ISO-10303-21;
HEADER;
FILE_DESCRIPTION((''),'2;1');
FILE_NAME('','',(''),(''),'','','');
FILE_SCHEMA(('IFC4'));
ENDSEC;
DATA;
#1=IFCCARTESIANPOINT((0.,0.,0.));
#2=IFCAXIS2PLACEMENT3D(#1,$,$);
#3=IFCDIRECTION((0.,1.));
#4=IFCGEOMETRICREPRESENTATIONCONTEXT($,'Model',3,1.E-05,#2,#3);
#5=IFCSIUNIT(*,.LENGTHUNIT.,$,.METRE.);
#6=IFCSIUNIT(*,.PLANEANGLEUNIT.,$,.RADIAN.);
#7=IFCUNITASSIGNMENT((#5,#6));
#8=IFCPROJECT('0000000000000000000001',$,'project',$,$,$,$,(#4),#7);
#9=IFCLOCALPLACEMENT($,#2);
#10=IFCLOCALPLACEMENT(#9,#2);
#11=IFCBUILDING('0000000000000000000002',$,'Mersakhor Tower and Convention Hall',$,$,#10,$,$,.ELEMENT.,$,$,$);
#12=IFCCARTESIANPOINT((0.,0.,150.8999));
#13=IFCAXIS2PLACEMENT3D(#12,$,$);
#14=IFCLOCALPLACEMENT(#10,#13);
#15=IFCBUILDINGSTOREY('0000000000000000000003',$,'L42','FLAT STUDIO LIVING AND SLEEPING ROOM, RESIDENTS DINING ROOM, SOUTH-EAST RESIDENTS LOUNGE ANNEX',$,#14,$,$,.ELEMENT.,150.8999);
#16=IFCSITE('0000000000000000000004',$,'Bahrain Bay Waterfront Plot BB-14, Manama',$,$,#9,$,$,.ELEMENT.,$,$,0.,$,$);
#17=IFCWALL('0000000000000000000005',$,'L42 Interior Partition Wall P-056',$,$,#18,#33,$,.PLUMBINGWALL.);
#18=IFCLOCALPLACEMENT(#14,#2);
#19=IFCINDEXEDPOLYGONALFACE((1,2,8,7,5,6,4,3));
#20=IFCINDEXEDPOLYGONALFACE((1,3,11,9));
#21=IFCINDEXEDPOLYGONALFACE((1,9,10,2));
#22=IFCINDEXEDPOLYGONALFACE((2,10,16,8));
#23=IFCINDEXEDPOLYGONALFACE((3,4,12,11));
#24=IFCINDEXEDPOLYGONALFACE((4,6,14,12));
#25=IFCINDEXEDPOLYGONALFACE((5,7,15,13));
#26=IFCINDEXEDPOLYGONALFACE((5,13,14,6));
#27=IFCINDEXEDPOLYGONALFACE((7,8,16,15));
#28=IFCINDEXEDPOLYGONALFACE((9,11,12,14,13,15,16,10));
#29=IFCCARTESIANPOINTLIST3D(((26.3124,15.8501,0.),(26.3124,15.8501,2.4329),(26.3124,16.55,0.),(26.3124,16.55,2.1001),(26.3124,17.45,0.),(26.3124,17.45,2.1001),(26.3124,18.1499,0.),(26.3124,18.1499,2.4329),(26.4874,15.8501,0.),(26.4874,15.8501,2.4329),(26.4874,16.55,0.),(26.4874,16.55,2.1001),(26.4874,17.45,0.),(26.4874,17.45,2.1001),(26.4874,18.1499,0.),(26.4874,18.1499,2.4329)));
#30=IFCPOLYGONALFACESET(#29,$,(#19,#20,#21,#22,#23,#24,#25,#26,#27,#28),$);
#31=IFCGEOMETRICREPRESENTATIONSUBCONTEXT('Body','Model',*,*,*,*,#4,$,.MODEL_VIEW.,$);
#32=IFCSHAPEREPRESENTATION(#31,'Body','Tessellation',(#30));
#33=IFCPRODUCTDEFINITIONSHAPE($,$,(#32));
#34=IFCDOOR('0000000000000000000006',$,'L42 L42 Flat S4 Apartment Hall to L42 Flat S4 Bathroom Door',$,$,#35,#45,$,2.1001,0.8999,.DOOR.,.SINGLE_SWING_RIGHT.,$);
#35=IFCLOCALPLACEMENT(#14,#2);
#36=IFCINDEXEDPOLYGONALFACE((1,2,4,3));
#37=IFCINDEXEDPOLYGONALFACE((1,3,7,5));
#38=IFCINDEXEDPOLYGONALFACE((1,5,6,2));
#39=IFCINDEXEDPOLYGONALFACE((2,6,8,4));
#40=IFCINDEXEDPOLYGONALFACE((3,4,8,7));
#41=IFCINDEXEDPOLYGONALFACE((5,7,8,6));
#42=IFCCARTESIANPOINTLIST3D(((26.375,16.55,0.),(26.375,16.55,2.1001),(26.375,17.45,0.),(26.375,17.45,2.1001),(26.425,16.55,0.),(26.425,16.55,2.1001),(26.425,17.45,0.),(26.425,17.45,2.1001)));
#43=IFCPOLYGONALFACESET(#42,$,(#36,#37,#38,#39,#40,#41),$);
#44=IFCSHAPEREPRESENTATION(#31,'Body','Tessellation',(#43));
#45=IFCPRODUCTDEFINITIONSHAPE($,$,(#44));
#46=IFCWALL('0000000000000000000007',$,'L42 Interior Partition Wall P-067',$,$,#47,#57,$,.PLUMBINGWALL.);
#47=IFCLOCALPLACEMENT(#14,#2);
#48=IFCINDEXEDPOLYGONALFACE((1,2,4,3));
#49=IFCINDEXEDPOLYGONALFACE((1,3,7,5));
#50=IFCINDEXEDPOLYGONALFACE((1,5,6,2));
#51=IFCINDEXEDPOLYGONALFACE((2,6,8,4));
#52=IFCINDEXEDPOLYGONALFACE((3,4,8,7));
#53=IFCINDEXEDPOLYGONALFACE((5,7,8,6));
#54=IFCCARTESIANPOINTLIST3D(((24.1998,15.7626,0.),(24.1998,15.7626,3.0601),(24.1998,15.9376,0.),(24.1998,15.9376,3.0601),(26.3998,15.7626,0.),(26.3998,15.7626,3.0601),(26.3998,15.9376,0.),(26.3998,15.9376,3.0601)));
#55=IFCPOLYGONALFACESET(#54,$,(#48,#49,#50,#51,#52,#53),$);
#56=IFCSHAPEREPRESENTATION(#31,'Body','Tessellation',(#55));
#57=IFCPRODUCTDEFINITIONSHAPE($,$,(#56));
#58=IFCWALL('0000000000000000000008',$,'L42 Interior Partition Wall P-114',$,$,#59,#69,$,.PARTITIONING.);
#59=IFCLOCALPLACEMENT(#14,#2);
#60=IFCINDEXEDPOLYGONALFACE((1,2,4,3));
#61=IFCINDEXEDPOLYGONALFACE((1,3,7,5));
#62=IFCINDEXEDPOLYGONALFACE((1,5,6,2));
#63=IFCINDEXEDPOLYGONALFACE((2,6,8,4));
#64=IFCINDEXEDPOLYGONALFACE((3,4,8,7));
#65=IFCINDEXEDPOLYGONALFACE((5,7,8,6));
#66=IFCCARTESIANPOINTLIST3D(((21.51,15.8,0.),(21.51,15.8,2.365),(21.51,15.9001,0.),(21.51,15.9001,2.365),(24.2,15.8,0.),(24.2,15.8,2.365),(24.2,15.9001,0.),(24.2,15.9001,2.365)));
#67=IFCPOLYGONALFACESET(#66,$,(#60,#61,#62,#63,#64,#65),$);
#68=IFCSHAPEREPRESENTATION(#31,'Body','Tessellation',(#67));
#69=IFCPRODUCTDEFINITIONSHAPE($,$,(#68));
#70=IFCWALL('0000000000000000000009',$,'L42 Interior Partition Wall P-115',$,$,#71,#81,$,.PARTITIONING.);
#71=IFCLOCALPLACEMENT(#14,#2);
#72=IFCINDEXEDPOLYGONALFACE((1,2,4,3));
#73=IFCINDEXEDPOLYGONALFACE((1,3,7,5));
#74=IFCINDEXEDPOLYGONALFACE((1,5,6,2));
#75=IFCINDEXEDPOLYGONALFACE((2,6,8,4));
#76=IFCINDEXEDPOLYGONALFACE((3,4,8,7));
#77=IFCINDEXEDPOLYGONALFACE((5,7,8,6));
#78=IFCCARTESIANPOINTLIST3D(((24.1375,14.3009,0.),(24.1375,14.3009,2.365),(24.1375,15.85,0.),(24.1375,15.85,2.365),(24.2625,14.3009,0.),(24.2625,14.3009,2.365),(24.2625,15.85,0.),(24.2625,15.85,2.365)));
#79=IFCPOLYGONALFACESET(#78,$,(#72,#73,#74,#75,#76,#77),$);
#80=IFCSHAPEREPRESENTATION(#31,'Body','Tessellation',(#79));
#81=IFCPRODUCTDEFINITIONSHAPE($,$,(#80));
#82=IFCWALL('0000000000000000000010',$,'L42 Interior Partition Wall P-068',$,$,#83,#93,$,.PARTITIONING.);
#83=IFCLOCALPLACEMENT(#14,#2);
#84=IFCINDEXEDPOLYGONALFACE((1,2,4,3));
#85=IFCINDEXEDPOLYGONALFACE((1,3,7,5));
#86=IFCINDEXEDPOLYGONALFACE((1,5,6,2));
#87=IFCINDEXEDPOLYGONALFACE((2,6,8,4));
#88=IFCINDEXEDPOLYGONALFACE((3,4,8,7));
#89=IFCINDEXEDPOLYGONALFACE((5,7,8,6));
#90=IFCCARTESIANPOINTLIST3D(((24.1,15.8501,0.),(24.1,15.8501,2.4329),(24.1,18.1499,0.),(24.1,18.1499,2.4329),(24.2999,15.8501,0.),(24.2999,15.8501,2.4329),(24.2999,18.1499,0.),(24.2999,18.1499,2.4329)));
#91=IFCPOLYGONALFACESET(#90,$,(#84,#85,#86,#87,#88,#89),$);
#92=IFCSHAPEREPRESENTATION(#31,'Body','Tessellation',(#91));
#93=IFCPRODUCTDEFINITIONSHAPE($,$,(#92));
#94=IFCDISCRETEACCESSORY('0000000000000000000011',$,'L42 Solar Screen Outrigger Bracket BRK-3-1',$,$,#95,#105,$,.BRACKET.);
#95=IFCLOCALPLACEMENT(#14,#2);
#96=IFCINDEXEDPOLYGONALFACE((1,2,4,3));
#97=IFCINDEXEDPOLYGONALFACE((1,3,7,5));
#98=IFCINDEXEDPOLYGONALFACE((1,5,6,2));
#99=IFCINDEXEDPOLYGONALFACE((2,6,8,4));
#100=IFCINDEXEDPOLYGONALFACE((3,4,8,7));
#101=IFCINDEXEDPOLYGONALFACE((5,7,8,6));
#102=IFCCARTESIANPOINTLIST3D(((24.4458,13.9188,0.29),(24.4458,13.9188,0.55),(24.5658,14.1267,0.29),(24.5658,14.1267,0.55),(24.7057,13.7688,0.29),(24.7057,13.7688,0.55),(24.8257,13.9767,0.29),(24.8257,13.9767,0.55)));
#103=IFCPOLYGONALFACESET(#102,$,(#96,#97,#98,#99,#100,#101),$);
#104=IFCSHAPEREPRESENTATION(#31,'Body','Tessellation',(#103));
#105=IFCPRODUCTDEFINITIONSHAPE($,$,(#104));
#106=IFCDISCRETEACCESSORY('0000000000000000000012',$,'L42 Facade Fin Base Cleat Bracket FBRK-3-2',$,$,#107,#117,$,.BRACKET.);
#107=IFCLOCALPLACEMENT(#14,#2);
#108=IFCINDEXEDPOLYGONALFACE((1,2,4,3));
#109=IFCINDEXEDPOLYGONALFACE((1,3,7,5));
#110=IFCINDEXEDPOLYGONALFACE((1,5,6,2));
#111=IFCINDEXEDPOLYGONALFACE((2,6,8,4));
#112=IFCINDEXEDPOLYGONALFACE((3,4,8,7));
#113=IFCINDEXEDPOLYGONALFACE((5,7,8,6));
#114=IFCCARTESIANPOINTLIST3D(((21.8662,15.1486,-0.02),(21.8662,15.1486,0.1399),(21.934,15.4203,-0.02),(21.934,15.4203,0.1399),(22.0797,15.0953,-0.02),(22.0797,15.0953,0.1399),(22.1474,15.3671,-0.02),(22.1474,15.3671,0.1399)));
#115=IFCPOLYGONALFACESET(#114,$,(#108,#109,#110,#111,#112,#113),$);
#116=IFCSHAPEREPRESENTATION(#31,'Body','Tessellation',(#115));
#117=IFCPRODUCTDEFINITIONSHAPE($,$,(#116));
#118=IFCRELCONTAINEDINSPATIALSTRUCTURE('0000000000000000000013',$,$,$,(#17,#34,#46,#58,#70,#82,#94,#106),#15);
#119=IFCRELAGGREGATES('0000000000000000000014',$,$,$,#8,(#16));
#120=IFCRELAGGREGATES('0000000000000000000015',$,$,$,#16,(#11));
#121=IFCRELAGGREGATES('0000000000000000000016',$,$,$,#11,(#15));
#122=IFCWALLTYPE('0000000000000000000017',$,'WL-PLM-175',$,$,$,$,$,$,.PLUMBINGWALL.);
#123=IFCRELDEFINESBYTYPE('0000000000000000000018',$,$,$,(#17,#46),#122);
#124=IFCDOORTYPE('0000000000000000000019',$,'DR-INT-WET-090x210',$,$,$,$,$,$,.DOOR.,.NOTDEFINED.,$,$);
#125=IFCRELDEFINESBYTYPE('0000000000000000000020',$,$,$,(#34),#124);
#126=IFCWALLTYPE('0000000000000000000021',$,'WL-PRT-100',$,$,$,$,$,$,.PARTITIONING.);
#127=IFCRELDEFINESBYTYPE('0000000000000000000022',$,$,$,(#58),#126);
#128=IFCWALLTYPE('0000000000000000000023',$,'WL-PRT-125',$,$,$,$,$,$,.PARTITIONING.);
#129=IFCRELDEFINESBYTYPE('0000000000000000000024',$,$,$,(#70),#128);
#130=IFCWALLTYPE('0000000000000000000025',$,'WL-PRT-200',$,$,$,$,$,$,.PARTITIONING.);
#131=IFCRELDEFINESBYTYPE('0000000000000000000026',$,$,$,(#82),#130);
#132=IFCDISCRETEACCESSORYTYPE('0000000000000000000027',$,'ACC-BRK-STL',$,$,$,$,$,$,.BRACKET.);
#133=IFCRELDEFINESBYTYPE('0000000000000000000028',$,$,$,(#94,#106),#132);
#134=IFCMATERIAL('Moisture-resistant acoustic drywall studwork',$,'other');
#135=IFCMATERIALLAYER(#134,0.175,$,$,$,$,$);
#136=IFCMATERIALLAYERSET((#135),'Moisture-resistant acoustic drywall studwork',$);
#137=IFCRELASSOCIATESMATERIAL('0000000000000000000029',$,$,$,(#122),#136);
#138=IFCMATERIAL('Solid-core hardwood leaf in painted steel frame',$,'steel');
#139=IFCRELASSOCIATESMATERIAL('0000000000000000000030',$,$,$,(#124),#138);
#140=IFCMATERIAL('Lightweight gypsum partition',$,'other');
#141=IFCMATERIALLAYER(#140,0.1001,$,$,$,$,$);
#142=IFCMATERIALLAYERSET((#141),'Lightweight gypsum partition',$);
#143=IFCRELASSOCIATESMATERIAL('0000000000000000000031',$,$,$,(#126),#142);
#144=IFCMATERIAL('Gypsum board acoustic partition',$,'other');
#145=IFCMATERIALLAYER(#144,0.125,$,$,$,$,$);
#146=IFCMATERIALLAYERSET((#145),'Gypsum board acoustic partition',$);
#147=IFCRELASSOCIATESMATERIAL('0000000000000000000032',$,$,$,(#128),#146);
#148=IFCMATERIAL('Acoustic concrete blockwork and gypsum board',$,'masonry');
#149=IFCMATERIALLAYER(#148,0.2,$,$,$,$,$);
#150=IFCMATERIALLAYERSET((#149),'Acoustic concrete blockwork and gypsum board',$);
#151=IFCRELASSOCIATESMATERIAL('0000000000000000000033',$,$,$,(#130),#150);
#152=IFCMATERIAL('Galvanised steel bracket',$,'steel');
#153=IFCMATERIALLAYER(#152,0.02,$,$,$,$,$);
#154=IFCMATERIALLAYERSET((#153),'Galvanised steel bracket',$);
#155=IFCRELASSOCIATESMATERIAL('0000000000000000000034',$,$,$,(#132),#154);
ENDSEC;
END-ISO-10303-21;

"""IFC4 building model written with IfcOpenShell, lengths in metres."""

from ifc_helpers import new_model, si_unit, direction, frame, frame_2d, origin, origin_2d, place, context, subcontext, project, spatial, rectangle, extrude, material, layer, layer_set, type_object, element, fill, save


model = new_model("IFC4")

# Units and contexts
model_context = context("Model", 3, precision=1e-05, world=origin(), true_north=direction((0.0, 1.0)))
body_context = subcontext(model_context, "Body", "Model", "MODEL_VIEW")
ifc_project = project(units=[si_unit("LENGTHUNIT", "METRE"), si_unit("PLANEANGLEUNIT", "RADIAN")], contexts=[model_context])

# Site, building, storey
site_placement = place(None, origin())
site = spatial("IfcSite", under=ifc_project, at=site_placement, Name="Bahrain Bay Waterfront Plot BB-14, Manama", CompositionType="ELEMENT", RefElevation=0.0)
building_placement = place(site_placement, origin())
building = spatial("IfcBuilding", under=site, at=building_placement, Name="Mersakhor Tower and Convention Hall", CompositionType="ELEMENT")
storey_placement = place(building_placement, frame((0.0, 0.0, 150.8999)))
storey = spatial("IfcBuildingStorey", under=building, at=storey_placement, Name="L42", Description="FLAT STUDIO LIVING AND SLEEPING ROOM, RESIDENTS DINING ROOM, SOUTH-EAST RESIDENTS LOUNGE ANNEX", CompositionType="ELEMENT", Elevation=150.8999)

# Wall, opening, door
ifc_material_1 = material(Name="Moisture-resistant acoustic drywall studwork", Category="other")
ifc_layer_1 = layer(ifc_material_1, 0.175)
ifc_layer_set_1 = layer_set([ifc_layer_1], Name="Moisture-resistant acoustic drywall studwork")
wall_type_1 = type_object("IfcWallType", Name="WL-PLM-175", PredefinedType="PLUMBINGWALL", material=ifc_layer_set_1)
wall_1_placement = place(storey_placement, frame((26.3999, 15.8501, 0.0), z_axis=(0.0, 0.0, 1.0), x_axis=(0.0, 1.0, 0.0)))
wall_1 = element("IfcWall", 1, at=wall_1_placement, inside=storey, type_object=wall_type_1, Name="L42 Interior Partition Wall P-056", PredefinedType="PLUMBINGWALL", context=body_context, shape_type="SweptSolid", body=[
    extrude(rectangle(XDim=2.2998, YDim=0.175, at=frame_2d((1.1499, 0.0))), origin(), (0.0, 0.0, 1.0), 2.4329),
])
opening_1_placement = place(wall_1_placement, frame((0.7, 0.0, 0.0)))
opening_1 = element("IfcOpeningElement", 2, at=opening_1_placement, cuts=wall_1, PredefinedType="OPENING", context=body_context, shape_type="SweptSolid", body=[
    extrude(rectangle(XDim=0.8999, YDim=2.1001, at=frame_2d((0.45, 1.05))), frame((0.0, 0.0974, 0.0), z_axis=(0.0, -1.0, 0.0), x_axis=(1.0, 0.0, 0.0)), (0.0, 0.0, 1.0), 0.1951),
])
ifc_material_2 = material(Name="Solid-core hardwood leaf in painted steel frame", Category="steel")
door_type_1 = type_object("IfcDoorType", Name="DR-INT-WET-090x210", OperationType="NOTDEFINED", PredefinedType="DOOR", material=ifc_material_2)
door_1_placement = place(opening_1_placement, origin())
door_1 = element("IfcDoor", 3, at=door_1_placement, inside=storey, type_object=door_type_1, Name="L42 L42 Flat S4 Apartment Hall to L42 Flat S4 Bathroom Door", OperationType="SINGLE_SWING_RIGHT", OverallHeight=2.1001, OverallWidth=0.8999, PredefinedType="DOOR", context=body_context, shape_type="SweptSolid", body=[
    extrude(rectangle(XDim=0.8999, YDim=2.1001, at=frame_2d((0.45, 1.05))), frame((0.0, 0.0249, 0.0), z_axis=(0.0, -1.0, 0.0), x_axis=(1.0, 0.0, 0.0)), (0.0, 0.0, 1.0), 0.05),
])
fill(opening_1, door_1)

# Walls
wall_2_placement = place(storey_placement, frame((26.3999, 15.8501, 0.0), z_axis=(0.0, 0.0, 1.0), x_axis=(-1.0, 0.0, 0.0)))
element("IfcWall", 4, at=wall_2_placement, inside=storey, type_object=wall_type_1, Name="L42 Interior Partition Wall P-067", PredefinedType="PLUMBINGWALL", context=body_context, shape_type="SweptSolid", body=[
    extrude(rectangle(XDim=2.2, YDim=0.175, at=frame_2d((1.1001, 0.0))), origin(), (0.0, 0.0, 1.0), 3.0601),
])
ifc_material_3 = material(Name="Lightweight gypsum partition", Category="other")
ifc_layer_2 = layer(ifc_material_3, 0.1001)
ifc_layer_set_2 = layer_set([ifc_layer_2], Name="Lightweight gypsum partition")
wall_type_2 = type_object("IfcWallType", Name="WL-PRT-100", PredefinedType="PARTITIONING", material=ifc_layer_set_2)
wall_3_placement = place(storey_placement, frame((24.2, 15.8501, 0.0), z_axis=(0.0, 0.0, 1.0), x_axis=(-1.0, 0.0, 0.0)))
element("IfcWall", 5, at=wall_3_placement, inside=storey, type_object=wall_type_2, Name="L42 Interior Partition Wall P-114", PredefinedType="PARTITIONING", context=body_context, shape_type="SweptSolid", body=[
    extrude(rectangle(XDim=2.6899, YDim=0.1001, at=frame_2d((1.345, 0.0))), origin(), (0.0, 0.0, 1.0), 2.365),
])
ifc_material_4 = material(Name="Gypsum board acoustic partition", Category="other")
ifc_layer_3 = layer(ifc_material_4, 0.125)
ifc_layer_set_3 = layer_set([ifc_layer_3], Name="Gypsum board acoustic partition")
wall_type_3 = type_object("IfcWallType", Name="WL-PRT-125", PredefinedType="PARTITIONING", material=ifc_layer_set_3)
wall_4_placement = place(storey_placement, frame((24.2, 14.301, 0.0), z_axis=(0.0, 0.0, 1.0), x_axis=(0.0, 1.0, 0.0)))
element("IfcWall", 6, at=wall_4_placement, inside=storey, type_object=wall_type_3, Name="L42 Interior Partition Wall P-115", PredefinedType="PARTITIONING", context=body_context, shape_type="SweptSolid", body=[
    extrude(rectangle(XDim=1.5491, YDim=0.125, at=frame_2d((0.7744, 0.0))), origin(), (0.0, 0.0, 1.0), 2.365),
])

# Shared definitions
ifc_material_5 = material(Name="Acoustic concrete blockwork and gypsum board", Category="masonry")
ifc_layer_4 = layer(ifc_material_5, 0.2)
ifc_layer_set_4 = layer_set([ifc_layer_4], Name="Acoustic concrete blockwork and gypsum board")
wall_type_4 = type_object("IfcWallType", Name="WL-PRT-200", PredefinedType="PARTITIONING", material=ifc_layer_set_4)

# Wall
wall_5_placement = place(storey_placement, frame((24.2, 15.8501, 0.0), z_axis=(0.0, 0.0, 1.0), x_axis=(0.0, 1.0, 0.0)))
element("IfcWall", 7, at=wall_5_placement, inside=storey, type_object=wall_type_4, Name="L42 Interior Partition Wall P-068", PredefinedType="PARTITIONING", context=body_context, shape_type="SweptSolid", body=[
    extrude(rectangle(XDim=2.2998, YDim=0.2, at=frame_2d((1.1499, 0.0))), origin(), (0.0, 0.0, 1.0), 2.4329),
])

# Discrete accessories
ifc_material_6 = material(Name="Galvanised steel bracket", Category="steel")
ifc_layer_5 = layer(ifc_material_6, 0.02)
ifc_layer_set_5 = layer_set([ifc_layer_5], Name="Galvanised steel bracket")
discrete_accessory_type = type_object("IfcDiscreteAccessoryType", Name="ACC-BRK-STL", PredefinedType="BRACKET", material=ifc_layer_set_5)
discrete_accessory_1_placement = place(storey_placement, frame((24.6357, 13.9478, 0.29), z_axis=(0.0, 0.0, 1.0), x_axis=(-0.866025, 0.5, 0.0)))
element("IfcDiscreteAccessory", 8, at=discrete_accessory_1_placement, inside=storey, type_object=discrete_accessory_type, Name="L42 Solar Screen Outrigger Bracket BRK-3-1", PredefinedType="BRACKET", context=body_context, shape_type="SweptSolid", body=[
    extrude(rectangle(XDim=0.3, YDim=0.24, at=origin_2d()), origin(), (0.0, 0.0, 1.0), 0.26),
])
discrete_accessory_2_placement = place(storey_placement, frame((22.0068, 15.2578, -0.02), z_axis=(0.0, 0.0, 1.0), x_axis=(-0.241922, -0.970296, 0.0)))
element("IfcDiscreteAccessory", 9, at=discrete_accessory_2_placement, inside=storey, type_object=discrete_accessory_type, Name="L42 Facade Fin Base Cleat Bracket FBRK-3-2", PredefinedType="BRACKET", context=body_context, shape_type="SweptSolid", body=[
    extrude(rectangle(XDim=0.28, YDim=0.22, at=origin_2d()), origin(), (0.0, 0.0, 1.0), 0.1599),
])

save(model, "model.ifc")
